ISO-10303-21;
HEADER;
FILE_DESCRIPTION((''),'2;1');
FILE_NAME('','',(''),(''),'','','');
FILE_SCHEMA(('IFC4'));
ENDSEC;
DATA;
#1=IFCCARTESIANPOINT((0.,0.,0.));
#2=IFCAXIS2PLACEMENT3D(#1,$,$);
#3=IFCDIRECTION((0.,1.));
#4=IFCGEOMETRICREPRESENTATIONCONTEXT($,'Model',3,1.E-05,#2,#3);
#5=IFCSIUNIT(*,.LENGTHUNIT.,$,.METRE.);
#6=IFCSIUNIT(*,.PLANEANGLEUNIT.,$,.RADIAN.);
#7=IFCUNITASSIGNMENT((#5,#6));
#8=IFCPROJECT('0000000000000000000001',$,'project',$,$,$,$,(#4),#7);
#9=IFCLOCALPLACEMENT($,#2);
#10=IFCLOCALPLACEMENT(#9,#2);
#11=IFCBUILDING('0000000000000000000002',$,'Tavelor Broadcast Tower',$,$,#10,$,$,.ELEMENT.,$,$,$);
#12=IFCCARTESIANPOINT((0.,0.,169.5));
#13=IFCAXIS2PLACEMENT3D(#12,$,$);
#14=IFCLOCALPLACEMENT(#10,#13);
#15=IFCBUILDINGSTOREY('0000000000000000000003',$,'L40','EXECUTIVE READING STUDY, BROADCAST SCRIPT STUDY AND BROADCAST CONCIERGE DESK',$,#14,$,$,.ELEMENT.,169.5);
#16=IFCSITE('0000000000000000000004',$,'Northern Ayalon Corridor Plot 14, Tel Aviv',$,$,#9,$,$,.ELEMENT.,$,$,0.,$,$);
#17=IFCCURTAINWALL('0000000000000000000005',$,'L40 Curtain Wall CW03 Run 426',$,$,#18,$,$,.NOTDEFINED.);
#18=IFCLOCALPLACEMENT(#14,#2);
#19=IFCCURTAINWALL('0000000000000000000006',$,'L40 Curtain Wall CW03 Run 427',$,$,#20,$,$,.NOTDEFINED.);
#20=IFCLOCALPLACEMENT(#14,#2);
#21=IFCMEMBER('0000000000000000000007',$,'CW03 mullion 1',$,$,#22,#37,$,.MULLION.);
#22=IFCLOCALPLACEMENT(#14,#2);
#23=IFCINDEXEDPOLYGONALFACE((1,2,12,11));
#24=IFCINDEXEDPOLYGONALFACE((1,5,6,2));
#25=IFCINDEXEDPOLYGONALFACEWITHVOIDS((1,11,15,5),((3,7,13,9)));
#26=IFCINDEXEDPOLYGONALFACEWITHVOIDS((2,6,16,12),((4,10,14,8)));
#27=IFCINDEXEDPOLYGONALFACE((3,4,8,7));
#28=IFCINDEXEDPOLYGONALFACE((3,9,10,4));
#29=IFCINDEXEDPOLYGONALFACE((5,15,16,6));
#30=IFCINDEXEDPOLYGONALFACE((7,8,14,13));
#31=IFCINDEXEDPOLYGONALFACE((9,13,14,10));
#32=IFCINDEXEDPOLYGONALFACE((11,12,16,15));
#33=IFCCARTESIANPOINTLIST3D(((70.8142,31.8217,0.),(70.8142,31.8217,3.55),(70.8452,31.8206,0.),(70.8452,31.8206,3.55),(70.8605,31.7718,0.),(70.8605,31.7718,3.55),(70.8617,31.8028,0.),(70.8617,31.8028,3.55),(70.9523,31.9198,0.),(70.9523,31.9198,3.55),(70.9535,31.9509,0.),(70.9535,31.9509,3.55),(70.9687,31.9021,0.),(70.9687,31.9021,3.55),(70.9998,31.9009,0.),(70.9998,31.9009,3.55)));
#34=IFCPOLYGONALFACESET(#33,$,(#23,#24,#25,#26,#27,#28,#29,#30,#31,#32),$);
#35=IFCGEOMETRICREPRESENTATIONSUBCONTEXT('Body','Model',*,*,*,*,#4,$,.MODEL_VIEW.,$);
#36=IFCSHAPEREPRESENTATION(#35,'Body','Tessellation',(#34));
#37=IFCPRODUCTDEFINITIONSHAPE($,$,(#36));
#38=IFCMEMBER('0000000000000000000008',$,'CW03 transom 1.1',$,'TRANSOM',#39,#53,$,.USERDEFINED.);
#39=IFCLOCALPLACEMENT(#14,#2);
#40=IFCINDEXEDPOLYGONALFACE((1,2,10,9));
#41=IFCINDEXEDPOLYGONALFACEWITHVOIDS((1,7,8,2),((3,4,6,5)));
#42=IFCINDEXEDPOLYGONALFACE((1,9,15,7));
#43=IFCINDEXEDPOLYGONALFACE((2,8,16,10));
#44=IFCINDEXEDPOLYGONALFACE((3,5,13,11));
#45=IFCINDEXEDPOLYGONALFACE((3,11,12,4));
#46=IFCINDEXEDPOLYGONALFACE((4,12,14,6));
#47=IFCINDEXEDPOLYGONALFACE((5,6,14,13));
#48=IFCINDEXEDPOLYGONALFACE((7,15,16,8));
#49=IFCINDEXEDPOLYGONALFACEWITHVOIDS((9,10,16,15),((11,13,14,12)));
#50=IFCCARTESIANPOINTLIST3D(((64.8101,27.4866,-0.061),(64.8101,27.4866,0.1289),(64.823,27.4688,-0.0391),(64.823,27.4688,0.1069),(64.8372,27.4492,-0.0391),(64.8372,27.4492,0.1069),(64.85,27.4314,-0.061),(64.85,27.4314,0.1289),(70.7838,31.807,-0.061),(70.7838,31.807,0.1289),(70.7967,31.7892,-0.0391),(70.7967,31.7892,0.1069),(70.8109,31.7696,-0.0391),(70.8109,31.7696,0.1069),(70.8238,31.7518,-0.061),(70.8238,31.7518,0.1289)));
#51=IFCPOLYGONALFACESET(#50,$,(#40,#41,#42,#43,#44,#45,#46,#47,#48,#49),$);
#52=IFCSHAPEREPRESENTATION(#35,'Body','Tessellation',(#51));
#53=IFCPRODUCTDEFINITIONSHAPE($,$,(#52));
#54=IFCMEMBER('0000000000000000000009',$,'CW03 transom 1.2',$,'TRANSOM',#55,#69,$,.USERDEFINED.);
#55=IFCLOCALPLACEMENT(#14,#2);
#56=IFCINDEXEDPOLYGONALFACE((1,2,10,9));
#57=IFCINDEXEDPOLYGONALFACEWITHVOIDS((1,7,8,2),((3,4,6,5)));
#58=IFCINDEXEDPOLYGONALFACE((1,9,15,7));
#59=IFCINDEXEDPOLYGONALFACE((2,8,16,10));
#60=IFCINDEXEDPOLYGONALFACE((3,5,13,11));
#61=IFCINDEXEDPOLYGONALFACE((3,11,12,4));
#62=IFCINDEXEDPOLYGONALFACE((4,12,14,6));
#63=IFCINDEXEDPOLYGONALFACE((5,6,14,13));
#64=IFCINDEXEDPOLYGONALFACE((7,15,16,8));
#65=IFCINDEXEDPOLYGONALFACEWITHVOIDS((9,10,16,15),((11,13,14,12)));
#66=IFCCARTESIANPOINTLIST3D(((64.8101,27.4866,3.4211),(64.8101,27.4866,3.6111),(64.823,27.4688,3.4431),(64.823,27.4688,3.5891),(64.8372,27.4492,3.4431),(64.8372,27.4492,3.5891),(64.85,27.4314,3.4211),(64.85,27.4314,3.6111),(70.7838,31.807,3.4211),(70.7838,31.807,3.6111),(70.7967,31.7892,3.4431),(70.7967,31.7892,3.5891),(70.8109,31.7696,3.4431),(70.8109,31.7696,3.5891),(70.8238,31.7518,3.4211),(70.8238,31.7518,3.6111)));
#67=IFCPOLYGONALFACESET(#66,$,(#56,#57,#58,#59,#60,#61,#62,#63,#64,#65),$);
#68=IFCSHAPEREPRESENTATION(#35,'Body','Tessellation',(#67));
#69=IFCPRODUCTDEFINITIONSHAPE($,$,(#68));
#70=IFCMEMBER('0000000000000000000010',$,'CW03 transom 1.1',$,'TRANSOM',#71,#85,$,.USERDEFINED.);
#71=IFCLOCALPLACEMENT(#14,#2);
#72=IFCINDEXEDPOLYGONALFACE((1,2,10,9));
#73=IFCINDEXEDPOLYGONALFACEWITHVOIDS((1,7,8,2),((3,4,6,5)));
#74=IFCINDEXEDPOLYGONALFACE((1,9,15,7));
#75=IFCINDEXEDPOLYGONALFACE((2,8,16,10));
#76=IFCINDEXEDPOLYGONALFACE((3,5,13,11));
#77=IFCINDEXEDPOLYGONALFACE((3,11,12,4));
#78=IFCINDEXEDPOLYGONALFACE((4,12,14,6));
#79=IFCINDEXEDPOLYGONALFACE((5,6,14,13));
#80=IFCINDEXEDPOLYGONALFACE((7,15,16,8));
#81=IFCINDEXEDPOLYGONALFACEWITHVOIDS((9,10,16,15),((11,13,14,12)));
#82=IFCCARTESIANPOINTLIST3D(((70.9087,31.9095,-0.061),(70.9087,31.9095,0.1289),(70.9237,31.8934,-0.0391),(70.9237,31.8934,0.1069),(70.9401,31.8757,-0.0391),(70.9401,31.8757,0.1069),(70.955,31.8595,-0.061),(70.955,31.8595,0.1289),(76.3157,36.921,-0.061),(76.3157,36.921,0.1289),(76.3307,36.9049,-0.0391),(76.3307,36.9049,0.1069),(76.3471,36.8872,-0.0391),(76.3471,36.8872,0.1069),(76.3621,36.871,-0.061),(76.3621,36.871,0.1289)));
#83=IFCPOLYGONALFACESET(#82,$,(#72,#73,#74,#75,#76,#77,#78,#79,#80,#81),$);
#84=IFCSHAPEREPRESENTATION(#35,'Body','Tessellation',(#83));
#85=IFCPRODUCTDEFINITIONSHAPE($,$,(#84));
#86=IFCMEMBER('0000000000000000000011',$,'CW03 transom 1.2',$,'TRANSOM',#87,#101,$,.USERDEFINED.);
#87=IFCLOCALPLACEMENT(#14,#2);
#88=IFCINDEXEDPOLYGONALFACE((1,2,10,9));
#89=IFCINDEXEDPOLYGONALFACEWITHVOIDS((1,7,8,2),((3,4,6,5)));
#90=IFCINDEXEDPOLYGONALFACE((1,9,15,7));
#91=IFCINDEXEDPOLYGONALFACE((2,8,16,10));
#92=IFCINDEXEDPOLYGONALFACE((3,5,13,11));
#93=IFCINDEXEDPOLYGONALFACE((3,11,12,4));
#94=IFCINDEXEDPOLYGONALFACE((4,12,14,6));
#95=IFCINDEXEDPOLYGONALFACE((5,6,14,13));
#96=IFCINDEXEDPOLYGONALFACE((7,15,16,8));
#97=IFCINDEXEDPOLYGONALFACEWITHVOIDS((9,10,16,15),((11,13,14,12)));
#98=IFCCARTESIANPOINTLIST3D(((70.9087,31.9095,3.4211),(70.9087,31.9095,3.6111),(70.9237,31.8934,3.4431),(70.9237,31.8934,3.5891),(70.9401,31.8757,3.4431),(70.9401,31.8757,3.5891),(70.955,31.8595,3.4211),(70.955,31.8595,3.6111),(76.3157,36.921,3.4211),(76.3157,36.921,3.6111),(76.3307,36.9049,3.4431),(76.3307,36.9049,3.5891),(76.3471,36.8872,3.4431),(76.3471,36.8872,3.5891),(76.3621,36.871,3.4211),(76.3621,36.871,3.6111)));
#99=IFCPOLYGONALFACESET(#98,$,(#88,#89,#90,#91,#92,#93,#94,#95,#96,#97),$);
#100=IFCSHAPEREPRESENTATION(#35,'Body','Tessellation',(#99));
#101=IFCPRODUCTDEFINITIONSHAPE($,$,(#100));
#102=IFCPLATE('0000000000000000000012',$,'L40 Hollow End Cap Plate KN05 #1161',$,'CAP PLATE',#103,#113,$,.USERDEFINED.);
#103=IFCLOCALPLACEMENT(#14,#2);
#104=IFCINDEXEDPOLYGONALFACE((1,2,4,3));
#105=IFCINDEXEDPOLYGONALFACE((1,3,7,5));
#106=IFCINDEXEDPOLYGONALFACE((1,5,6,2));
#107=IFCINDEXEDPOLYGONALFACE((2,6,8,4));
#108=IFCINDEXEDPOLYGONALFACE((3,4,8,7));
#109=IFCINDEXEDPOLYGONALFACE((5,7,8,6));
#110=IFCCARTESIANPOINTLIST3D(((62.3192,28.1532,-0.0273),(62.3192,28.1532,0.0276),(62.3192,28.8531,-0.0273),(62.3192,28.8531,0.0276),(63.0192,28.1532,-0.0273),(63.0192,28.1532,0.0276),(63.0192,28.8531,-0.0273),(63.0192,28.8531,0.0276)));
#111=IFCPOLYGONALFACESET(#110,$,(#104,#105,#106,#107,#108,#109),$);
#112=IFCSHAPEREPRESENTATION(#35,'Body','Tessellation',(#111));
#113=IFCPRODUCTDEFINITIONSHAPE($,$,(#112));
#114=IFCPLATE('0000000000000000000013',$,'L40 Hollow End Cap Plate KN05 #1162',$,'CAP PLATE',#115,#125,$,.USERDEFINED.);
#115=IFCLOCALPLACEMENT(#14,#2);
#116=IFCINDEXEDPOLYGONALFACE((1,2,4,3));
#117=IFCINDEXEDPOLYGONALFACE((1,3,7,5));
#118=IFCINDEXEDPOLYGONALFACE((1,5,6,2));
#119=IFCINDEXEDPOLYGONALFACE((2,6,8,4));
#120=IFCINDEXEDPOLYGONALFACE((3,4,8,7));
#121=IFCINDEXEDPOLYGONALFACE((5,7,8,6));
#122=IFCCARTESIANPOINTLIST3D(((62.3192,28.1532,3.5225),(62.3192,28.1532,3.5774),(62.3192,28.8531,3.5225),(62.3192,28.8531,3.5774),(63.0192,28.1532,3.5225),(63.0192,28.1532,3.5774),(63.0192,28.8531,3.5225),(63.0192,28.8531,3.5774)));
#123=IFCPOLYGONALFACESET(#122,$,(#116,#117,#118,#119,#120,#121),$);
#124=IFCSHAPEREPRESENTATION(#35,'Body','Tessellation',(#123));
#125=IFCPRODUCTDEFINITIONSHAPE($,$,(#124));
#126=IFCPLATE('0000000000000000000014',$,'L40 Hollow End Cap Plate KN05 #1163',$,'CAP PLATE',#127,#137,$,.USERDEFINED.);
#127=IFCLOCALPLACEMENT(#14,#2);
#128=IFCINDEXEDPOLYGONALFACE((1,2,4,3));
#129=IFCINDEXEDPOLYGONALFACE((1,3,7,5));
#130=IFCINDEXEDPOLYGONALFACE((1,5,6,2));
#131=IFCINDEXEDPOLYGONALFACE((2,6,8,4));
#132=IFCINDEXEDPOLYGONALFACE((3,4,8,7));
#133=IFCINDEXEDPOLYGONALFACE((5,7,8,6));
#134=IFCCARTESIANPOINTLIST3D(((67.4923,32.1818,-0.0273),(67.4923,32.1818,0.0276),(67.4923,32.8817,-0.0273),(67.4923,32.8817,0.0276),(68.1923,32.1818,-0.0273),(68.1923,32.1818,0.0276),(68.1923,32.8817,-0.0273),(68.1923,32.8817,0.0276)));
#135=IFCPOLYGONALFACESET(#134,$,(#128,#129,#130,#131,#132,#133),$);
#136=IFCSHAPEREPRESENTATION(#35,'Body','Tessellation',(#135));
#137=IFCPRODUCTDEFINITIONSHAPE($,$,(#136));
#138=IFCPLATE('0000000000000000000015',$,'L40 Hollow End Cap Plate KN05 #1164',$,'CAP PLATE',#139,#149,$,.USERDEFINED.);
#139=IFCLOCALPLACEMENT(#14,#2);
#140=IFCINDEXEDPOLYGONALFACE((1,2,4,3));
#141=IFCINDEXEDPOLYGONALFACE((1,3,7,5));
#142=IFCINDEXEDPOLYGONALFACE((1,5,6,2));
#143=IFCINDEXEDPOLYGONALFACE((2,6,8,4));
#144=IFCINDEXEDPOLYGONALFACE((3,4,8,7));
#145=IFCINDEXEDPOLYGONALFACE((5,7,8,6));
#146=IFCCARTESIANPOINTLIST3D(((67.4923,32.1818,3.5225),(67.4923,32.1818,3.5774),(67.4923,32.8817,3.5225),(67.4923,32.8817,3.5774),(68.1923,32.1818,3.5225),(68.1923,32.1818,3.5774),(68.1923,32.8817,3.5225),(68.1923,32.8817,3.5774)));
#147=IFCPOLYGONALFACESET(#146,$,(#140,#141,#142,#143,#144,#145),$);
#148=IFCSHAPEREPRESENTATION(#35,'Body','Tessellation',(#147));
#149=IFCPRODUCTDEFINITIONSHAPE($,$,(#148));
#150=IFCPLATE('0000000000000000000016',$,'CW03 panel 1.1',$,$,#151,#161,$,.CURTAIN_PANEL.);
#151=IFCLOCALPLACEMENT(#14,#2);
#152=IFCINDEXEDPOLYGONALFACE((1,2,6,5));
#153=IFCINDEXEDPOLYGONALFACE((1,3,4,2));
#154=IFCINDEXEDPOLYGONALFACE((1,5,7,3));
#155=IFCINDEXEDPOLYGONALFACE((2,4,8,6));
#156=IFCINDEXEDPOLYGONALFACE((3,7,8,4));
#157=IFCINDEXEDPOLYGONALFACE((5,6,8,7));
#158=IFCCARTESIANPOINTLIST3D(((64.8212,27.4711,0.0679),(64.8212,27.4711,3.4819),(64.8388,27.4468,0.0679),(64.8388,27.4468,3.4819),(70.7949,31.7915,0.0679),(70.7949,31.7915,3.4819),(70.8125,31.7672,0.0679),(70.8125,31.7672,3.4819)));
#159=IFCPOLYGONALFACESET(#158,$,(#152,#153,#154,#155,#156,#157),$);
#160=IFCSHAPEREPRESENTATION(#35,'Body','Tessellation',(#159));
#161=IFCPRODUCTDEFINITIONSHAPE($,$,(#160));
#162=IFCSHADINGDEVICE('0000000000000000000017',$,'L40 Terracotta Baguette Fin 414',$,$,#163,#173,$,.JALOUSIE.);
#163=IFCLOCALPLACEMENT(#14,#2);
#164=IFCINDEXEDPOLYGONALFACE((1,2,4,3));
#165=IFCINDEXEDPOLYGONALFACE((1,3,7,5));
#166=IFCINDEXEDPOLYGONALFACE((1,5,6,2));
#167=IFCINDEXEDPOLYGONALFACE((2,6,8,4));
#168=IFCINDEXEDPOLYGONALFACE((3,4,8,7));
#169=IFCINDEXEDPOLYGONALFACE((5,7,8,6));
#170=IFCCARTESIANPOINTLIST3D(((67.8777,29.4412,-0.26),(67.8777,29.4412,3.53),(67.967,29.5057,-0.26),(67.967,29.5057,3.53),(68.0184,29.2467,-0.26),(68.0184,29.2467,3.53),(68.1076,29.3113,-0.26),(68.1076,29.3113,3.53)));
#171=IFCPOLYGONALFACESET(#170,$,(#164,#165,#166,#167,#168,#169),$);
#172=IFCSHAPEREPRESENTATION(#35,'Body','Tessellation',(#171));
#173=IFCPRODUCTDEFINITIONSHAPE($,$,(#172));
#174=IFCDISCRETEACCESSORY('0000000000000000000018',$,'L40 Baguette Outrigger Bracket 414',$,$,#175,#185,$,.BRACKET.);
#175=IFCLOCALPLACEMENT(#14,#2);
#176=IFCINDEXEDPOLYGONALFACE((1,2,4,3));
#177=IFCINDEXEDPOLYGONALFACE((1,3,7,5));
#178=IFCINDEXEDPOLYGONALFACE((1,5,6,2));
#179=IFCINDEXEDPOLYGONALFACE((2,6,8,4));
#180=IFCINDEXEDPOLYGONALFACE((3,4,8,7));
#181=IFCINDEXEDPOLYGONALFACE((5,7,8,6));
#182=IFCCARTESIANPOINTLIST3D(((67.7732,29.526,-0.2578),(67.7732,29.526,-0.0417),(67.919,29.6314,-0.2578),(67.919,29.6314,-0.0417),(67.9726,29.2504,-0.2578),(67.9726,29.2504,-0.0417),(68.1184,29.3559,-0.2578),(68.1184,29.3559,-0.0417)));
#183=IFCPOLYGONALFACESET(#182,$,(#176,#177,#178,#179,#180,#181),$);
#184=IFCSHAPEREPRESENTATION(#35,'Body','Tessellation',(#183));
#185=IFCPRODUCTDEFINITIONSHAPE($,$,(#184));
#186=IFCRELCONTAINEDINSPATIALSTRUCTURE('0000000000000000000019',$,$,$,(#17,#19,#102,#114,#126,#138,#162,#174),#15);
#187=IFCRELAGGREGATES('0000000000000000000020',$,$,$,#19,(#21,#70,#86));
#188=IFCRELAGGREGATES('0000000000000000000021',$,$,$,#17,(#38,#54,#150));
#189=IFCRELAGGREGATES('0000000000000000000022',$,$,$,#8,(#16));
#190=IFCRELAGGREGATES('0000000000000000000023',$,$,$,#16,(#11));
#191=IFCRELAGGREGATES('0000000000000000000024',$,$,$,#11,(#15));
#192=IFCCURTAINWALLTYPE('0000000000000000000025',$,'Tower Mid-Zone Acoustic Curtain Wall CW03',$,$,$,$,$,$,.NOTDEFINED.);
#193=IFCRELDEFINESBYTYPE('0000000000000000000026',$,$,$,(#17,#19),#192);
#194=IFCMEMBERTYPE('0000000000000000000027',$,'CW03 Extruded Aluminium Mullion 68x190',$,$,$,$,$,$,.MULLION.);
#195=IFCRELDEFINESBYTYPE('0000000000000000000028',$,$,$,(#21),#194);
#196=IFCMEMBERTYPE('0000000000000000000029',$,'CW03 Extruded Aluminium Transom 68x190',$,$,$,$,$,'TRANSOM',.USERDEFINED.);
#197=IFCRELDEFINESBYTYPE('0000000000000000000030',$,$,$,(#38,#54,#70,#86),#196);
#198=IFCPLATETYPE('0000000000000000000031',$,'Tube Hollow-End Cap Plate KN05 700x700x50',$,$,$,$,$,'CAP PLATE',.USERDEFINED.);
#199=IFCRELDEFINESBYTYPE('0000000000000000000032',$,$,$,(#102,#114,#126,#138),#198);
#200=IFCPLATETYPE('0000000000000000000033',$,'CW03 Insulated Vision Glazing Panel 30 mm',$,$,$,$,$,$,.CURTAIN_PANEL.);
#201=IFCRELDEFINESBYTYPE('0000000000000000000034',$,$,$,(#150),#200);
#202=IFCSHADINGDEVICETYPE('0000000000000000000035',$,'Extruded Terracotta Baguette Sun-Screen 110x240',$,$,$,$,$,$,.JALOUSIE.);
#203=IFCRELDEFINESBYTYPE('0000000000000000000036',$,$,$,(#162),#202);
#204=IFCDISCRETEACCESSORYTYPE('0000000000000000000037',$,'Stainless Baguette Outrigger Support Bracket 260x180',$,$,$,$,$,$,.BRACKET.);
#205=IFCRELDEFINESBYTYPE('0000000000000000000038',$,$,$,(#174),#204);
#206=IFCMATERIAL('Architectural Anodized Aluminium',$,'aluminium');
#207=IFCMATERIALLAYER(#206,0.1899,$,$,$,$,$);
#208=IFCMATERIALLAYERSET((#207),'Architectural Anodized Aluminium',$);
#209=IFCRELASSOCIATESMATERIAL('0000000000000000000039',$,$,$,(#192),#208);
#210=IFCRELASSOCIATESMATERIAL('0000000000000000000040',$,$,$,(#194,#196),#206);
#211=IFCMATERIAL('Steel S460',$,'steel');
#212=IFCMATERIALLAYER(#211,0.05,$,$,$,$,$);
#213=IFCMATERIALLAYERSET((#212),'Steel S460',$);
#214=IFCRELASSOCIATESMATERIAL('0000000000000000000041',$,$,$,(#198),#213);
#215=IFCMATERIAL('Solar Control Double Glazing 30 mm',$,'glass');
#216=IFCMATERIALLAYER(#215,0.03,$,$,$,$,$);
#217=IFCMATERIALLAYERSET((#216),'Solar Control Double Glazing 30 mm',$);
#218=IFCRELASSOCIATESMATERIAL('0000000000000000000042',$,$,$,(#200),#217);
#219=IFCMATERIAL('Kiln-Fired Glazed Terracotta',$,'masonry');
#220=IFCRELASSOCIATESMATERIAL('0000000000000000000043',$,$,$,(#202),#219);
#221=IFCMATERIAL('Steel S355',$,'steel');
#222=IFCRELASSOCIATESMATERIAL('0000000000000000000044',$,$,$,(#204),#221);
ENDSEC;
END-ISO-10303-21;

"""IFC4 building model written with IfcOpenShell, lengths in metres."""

from ifc_helpers import new_model, si_unit, direction, frame, origin, origin_2d, place, context, subcontext, project, spatial, rectangle, hollow_rectangle, extrude, source, transform, mapped, material, layer, layer_set, material_profile, profile_set, type_object, type_shapes, element, aggregate, save


model = new_model("IFC4")

# Units and contexts
model_context = context("Model", 3, precision=1e-05, world=origin(), true_north=direction((0.0, 1.0)))
body_context = subcontext(model_context, "Body", "Model", "MODEL_VIEW")
ifc_project = project(units=[si_unit("LENGTHUNIT", "METRE"), si_unit("PLANEANGLEUNIT", "RADIAN")], contexts=[model_context])

# Site, building, storey
site_placement = place(None, origin())
site = spatial("IfcSite", under=ifc_project, at=site_placement, Name="Northern Ayalon Corridor Plot 14, Tel Aviv", CompositionType="ELEMENT", RefElevation=0.0)
building_placement = place(site_placement, origin())
building = spatial("IfcBuilding", under=site, at=building_placement, Name="Tavelor Broadcast Tower", CompositionType="ELEMENT")
storey_placement = place(building_placement, frame((0.0, 0.0, 169.5)))
storey = spatial("IfcBuildingStorey", under=building, at=storey_placement, Name="L40", Description="EXECUTIVE READING STUDY, BROADCAST SCRIPT STUDY AND BROADCAST CONCIERGE DESK", CompositionType="ELEMENT", Elevation=169.5)

# Shared definitions
ifc_material_1 = material(Name="Steel S460", Category="steel")

# Shared definitions
ifc_material_2 = material(Name="Steel S355", Category="steel")

# Shared definitions
ifc_material_3 = material(Name="Architectural Anodized Aluminium", Category="aluminium")
ifc_layer_1 = layer(ifc_material_3, 0.1899)
ifc_layer_set_1 = layer_set([ifc_layer_1], Name="Architectural Anodized Aluminium")
curtain_wall_type = type_object("IfcCurtainWallType", Name="Tower Mid-Zone Acoustic Curtain Wall CW03", PredefinedType="NOTDEFINED", material=ifc_layer_set_1)
ifc_material_profile_1 = material_profile(ifc_material_3, hollow_rectangle(XDim=0.0681, YDim=0.1899, WallThickness=0.022, at=origin_2d()), Name="RHS 68x190x22")
ifc_profile_set_1 = profile_set([ifc_material_profile_1], Name="Architectural Anodized Aluminium")
member_type_1 = type_object("IfcMemberType", Name="CW03 Extruded Aluminium Mullion 68x190", PredefinedType="MULLION", material=ifc_profile_set_1)
shared_shape_1 = source(origin(), body_context, "Body", "SweptSolid", [
    extrude(hollow_rectangle(XDim=0.0681, YDim=0.1899, WallThickness=0.022, at=origin_2d()), origin(), (0.0, 0.0, 1.0), 3.55),
])
type_shapes(member_type_1, [shared_shape_1])

# Curtain wall
curtain_wall_1_placement = place(storey_placement, origin())
curtain_wall_1 = element("IfcCurtainWall", 1, at=curtain_wall_1_placement, inside=storey, type_object=curtain_wall_type, Name="L40 Curtain Wall CW03 Run 426", PredefinedType="NOTDEFINED")

# Curtain wall, member
curtain_wall_2_placement = place(storey_placement, origin())
curtain_wall_2 = element("IfcCurtainWall", 2, at=curtain_wall_2_placement, inside=storey, type_object=curtain_wall_type, Name="L40 Curtain Wall CW03 Run 427", PredefinedType="NOTDEFINED")
member_1_placement = place(storey_placement, frame((70.907, 31.8613, 0.0), z_axis=(0.0, 0.0, 1.0), x_axis=(-0.679767, 0.733428, 0.0)))
member_1 = element("IfcMember", 3, at=member_1_placement, type_object=member_type_1, Name="CW03 mullion 1", PredefinedType="MULLION", context=body_context, shape_type="MappedRepresentation", body=[
    mapped(shared_shape_1, transform((0.0, 0.0, 0.0), scale=1.0)),
])

# Members
ifc_material_profile_2 = material_profile(ifc_material_3, hollow_rectangle(XDim=0.0681, YDim=0.1899, WallThickness=0.022, at=origin_2d()), Name="RHS 68x190x22")
ifc_profile_set_2 = profile_set([ifc_material_profile_2], Name="Architectural Anodized Aluminium")
member_type_2 = type_object("IfcMemberType", Name="CW03 Extruded Aluminium Transom 68x190", ElementType="TRANSOM", PredefinedType="USERDEFINED", material=ifc_profile_set_2)
shared_shape_2 = source(origin(), body_context, "Body", "SweptSolid", [
    extrude(hollow_rectangle(XDim=0.0681, YDim=0.1899, WallThickness=0.022, at=origin_2d()), origin(), (0.0, 0.0, 1.0), 7.3723),
])
type_shapes(member_type_2, [shared_shape_2])
member_2_placement = place(storey_placement, frame((64.8301, 27.459, 0.0339), z_axis=(0.810291, 0.586027, 0.0), x_axis=(-0.586027, 0.810291, 0.0)))
member_2 = element("IfcMember", 4, at=member_2_placement, type_object=member_type_2, Name="CW03 transom 1.1", ObjectType="TRANSOM", PredefinedType="USERDEFINED", context=body_context, shape_type="MappedRepresentation", body=[
    mapped(shared_shape_2, transform((0.0, 0.0, 0.0), scale=1.0)),
])
member_3_placement = place(storey_placement, frame((64.8301, 27.459, 3.5161), z_axis=(0.810291, 0.586027, 0.0), x_axis=(-0.586027, 0.810291, 0.0)))
member_3 = element("IfcMember", 5, at=member_3_placement, type_object=member_type_2, Name="CW03 transom 1.2", ObjectType="TRANSOM", PredefinedType="USERDEFINED", context=body_context, shape_type="MappedRepresentation", body=[
    mapped(shared_shape_2, transform((0.0, 0.0, 0.0), scale=1.0)),
])
member_4_placement = place(storey_placement, frame((70.9319, 31.8845, 0.0339), z_axis=(0.733422, 0.679774, 0.0), x_axis=(-0.679774, 0.733422, 0.0)))
member_4 = element("IfcMember", 6, at=member_4_placement, type_object=member_type_2, Name="CW03 transom 1.1", ObjectType="TRANSOM", PredefinedType="USERDEFINED", context=body_context, shape_type="MappedRepresentation", body=[
    mapped(shared_shape_2, transform((0.0, 0.0, 0.0), scale=1.0)),
])
member_5_placement = place(storey_placement, frame((70.9319, 31.8845, 3.5161), z_axis=(0.733422, 0.679774, 0.0), x_axis=(-0.679774, 0.733422, 0.0)))
member_5 = element("IfcMember", 7, at=member_5_placement, type_object=member_type_2, Name="CW03 transom 1.2", ObjectType="TRANSOM", PredefinedType="USERDEFINED", context=body_context, shape_type="MappedRepresentation", body=[
    mapped(shared_shape_2, transform((0.0, 0.0, 0.0), scale=1.0)),
])
aggregate(curtain_wall_2, [member_1, member_4, member_5])

# Plates
ifc_layer_2 = layer(ifc_material_1, 0.05)
ifc_layer_set_2 = layer_set([ifc_layer_2], Name="Steel S460")
plate_type_1 = type_object("IfcPlateType", Name="Tube Hollow-End Cap Plate KN05 700x700x50", ElementType="CAP PLATE", PredefinedType="USERDEFINED", material=ifc_layer_set_2)
shared_shape_3 = source(origin(), body_context, "Body", "SweptSolid", [
    extrude(rectangle(XDim=0.7, YDim=0.7, at=origin_2d()), origin(), (0.0, 0.0, 1.0), 0.0549),
])
type_shapes(plate_type_1, [shared_shape_3])
for number, where, z_axis, x_axis, name in (
    (8, (62.6692, 28.5032, -0.0273), (0.0, 0.0, 1.0), (1.0, 0.0, 0.0), "L40 Hollow End Cap Plate KN05 #1161"),
    (9, (62.6692, 28.5032, 3.5225), (0.0, 0.0, 1.0), (1.0, 0.0, 0.0), "L40 Hollow End Cap Plate KN05 #1162"),
    (10, (67.8423, 32.5317, -0.0273), (0.0, 0.0, 1.0), (1.0, 0.0, 0.0), "L40 Hollow End Cap Plate KN05 #1163"),
    (11, (67.8423, 32.5317, 3.5225), (0.0, 0.0, 1.0), (1.0, 0.0, 0.0), "L40 Hollow End Cap Plate KN05 #1164"),
):
    element("IfcPlate", number, at=place(storey_placement, frame(where, z_axis=z_axis, x_axis=x_axis)), inside=storey, type_object=plate_type_1, Name=name, ObjectType="CAP PLATE", PredefinedType="USERDEFINED", context=body_context, shape_type="MappedRepresentation", body=[
        mapped(shared_shape_3, transform((0.0, 0.0, 0.0), scale=1.0)),
    ])

# Plate
ifc_material_4 = material(Name="Solar Control Double Glazing 30 mm", Category="glass")
ifc_layer_3 = layer(ifc_material_4, 0.03)
ifc_layer_set_3 = layer_set([ifc_layer_3], Name="Solar Control Double Glazing 30 mm")
plate_type_2 = type_object("IfcPlateType", Name="CW03 Insulated Vision Glazing Panel 30 mm", PredefinedType="CURTAIN_PANEL", material=ifc_layer_set_3)
shared_shape_4 = source(origin(), body_context, "Body", "SweptSolid", [
    extrude(rectangle(XDim=7.3723, YDim=0.03, at=origin_2d()), origin(), (0.0, 0.0, 1.0), 3.4141),
])
type_shapes(plate_type_2, [shared_shape_4])
plate_placement = place(storey_placement, frame((67.8169, 29.6191, 0.0679), z_axis=(0.0, 0.0, 1.0), x_axis=(0.810289, 0.586031, 0.0)))
plate = element("IfcPlate", 12, at=plate_placement, type_object=plate_type_2, Name="CW03 panel 1.1", PredefinedType="CURTAIN_PANEL", context=body_context, shape_type="MappedRepresentation", body=[
    mapped(shared_shape_4, transform((0.0, 0.0, 0.0), scale=1.0)),
])
aggregate(curtain_wall_1, [member_2, member_3, plate])

# Shading device
ifc_material_5 = material(Name="Kiln-Fired Glazed Terracotta", Category="masonry")
shading_device_type = type_object("IfcShadingDeviceType", Name="Extruded Terracotta Baguette Sun-Screen 110x240", PredefinedType="JALOUSIE", material=ifc_material_5)
shared_shape_5 = source(origin(), body_context, "Body", "SweptSolid", [
    extrude(rectangle(XDim=0.1101, YDim=0.24, at=origin_2d()), origin(), (0.0, 0.0, 1.0), 3.79),
])
type_shapes(shading_device_type, [shared_shape_5])
shading_device_placement = place(storey_placement, frame((67.9927, 29.3762, -0.26), z_axis=(0.0, 0.0, 1.0), x_axis=(0.810246, 0.58609, 0.0)))
element("IfcShadingDevice", 13, at=shading_device_placement, inside=storey, type_object=shading_device_type, Name="L40 Terracotta Baguette Fin 414", PredefinedType="JALOUSIE", context=body_context, shape_type="MappedRepresentation", body=[
    mapped(shared_shape_5, transform((0.0, 0.0, 0.0), scale=1.0)),
])

# Discrete accessory
discrete_accessory_type = type_object("IfcDiscreteAccessoryType", Name="Stainless Baguette Outrigger Support Bracket 260x180", PredefinedType="BRACKET", material=ifc_material_2)
shared_shape_6 = source(origin(), body_context, "Body", "SweptSolid", [
    extrude(rectangle(XDim=0.1799, YDim=0.3401, at=origin_2d()), origin(), (0.0, 0.0, 1.0), 0.2161),
])
type_shapes(discrete_accessory_type, [shared_shape_6])
discrete_accessory_placement = place(storey_placement, frame((67.9458, 29.4409, -0.2578), z_axis=(0.0, 0.0, 1.0), x_axis=(0.810246, 0.58609, 0.0)))
element("IfcDiscreteAccessory", 14, at=discrete_accessory_placement, inside=storey, type_object=discrete_accessory_type, Name="L40 Baguette Outrigger Bracket 414", PredefinedType="BRACKET", context=body_context, shape_type="MappedRepresentation", body=[
    mapped(shared_shape_6, transform((0.0, 0.0, 0.0), scale=1.0)),
])

save(model, "model.ifc")
